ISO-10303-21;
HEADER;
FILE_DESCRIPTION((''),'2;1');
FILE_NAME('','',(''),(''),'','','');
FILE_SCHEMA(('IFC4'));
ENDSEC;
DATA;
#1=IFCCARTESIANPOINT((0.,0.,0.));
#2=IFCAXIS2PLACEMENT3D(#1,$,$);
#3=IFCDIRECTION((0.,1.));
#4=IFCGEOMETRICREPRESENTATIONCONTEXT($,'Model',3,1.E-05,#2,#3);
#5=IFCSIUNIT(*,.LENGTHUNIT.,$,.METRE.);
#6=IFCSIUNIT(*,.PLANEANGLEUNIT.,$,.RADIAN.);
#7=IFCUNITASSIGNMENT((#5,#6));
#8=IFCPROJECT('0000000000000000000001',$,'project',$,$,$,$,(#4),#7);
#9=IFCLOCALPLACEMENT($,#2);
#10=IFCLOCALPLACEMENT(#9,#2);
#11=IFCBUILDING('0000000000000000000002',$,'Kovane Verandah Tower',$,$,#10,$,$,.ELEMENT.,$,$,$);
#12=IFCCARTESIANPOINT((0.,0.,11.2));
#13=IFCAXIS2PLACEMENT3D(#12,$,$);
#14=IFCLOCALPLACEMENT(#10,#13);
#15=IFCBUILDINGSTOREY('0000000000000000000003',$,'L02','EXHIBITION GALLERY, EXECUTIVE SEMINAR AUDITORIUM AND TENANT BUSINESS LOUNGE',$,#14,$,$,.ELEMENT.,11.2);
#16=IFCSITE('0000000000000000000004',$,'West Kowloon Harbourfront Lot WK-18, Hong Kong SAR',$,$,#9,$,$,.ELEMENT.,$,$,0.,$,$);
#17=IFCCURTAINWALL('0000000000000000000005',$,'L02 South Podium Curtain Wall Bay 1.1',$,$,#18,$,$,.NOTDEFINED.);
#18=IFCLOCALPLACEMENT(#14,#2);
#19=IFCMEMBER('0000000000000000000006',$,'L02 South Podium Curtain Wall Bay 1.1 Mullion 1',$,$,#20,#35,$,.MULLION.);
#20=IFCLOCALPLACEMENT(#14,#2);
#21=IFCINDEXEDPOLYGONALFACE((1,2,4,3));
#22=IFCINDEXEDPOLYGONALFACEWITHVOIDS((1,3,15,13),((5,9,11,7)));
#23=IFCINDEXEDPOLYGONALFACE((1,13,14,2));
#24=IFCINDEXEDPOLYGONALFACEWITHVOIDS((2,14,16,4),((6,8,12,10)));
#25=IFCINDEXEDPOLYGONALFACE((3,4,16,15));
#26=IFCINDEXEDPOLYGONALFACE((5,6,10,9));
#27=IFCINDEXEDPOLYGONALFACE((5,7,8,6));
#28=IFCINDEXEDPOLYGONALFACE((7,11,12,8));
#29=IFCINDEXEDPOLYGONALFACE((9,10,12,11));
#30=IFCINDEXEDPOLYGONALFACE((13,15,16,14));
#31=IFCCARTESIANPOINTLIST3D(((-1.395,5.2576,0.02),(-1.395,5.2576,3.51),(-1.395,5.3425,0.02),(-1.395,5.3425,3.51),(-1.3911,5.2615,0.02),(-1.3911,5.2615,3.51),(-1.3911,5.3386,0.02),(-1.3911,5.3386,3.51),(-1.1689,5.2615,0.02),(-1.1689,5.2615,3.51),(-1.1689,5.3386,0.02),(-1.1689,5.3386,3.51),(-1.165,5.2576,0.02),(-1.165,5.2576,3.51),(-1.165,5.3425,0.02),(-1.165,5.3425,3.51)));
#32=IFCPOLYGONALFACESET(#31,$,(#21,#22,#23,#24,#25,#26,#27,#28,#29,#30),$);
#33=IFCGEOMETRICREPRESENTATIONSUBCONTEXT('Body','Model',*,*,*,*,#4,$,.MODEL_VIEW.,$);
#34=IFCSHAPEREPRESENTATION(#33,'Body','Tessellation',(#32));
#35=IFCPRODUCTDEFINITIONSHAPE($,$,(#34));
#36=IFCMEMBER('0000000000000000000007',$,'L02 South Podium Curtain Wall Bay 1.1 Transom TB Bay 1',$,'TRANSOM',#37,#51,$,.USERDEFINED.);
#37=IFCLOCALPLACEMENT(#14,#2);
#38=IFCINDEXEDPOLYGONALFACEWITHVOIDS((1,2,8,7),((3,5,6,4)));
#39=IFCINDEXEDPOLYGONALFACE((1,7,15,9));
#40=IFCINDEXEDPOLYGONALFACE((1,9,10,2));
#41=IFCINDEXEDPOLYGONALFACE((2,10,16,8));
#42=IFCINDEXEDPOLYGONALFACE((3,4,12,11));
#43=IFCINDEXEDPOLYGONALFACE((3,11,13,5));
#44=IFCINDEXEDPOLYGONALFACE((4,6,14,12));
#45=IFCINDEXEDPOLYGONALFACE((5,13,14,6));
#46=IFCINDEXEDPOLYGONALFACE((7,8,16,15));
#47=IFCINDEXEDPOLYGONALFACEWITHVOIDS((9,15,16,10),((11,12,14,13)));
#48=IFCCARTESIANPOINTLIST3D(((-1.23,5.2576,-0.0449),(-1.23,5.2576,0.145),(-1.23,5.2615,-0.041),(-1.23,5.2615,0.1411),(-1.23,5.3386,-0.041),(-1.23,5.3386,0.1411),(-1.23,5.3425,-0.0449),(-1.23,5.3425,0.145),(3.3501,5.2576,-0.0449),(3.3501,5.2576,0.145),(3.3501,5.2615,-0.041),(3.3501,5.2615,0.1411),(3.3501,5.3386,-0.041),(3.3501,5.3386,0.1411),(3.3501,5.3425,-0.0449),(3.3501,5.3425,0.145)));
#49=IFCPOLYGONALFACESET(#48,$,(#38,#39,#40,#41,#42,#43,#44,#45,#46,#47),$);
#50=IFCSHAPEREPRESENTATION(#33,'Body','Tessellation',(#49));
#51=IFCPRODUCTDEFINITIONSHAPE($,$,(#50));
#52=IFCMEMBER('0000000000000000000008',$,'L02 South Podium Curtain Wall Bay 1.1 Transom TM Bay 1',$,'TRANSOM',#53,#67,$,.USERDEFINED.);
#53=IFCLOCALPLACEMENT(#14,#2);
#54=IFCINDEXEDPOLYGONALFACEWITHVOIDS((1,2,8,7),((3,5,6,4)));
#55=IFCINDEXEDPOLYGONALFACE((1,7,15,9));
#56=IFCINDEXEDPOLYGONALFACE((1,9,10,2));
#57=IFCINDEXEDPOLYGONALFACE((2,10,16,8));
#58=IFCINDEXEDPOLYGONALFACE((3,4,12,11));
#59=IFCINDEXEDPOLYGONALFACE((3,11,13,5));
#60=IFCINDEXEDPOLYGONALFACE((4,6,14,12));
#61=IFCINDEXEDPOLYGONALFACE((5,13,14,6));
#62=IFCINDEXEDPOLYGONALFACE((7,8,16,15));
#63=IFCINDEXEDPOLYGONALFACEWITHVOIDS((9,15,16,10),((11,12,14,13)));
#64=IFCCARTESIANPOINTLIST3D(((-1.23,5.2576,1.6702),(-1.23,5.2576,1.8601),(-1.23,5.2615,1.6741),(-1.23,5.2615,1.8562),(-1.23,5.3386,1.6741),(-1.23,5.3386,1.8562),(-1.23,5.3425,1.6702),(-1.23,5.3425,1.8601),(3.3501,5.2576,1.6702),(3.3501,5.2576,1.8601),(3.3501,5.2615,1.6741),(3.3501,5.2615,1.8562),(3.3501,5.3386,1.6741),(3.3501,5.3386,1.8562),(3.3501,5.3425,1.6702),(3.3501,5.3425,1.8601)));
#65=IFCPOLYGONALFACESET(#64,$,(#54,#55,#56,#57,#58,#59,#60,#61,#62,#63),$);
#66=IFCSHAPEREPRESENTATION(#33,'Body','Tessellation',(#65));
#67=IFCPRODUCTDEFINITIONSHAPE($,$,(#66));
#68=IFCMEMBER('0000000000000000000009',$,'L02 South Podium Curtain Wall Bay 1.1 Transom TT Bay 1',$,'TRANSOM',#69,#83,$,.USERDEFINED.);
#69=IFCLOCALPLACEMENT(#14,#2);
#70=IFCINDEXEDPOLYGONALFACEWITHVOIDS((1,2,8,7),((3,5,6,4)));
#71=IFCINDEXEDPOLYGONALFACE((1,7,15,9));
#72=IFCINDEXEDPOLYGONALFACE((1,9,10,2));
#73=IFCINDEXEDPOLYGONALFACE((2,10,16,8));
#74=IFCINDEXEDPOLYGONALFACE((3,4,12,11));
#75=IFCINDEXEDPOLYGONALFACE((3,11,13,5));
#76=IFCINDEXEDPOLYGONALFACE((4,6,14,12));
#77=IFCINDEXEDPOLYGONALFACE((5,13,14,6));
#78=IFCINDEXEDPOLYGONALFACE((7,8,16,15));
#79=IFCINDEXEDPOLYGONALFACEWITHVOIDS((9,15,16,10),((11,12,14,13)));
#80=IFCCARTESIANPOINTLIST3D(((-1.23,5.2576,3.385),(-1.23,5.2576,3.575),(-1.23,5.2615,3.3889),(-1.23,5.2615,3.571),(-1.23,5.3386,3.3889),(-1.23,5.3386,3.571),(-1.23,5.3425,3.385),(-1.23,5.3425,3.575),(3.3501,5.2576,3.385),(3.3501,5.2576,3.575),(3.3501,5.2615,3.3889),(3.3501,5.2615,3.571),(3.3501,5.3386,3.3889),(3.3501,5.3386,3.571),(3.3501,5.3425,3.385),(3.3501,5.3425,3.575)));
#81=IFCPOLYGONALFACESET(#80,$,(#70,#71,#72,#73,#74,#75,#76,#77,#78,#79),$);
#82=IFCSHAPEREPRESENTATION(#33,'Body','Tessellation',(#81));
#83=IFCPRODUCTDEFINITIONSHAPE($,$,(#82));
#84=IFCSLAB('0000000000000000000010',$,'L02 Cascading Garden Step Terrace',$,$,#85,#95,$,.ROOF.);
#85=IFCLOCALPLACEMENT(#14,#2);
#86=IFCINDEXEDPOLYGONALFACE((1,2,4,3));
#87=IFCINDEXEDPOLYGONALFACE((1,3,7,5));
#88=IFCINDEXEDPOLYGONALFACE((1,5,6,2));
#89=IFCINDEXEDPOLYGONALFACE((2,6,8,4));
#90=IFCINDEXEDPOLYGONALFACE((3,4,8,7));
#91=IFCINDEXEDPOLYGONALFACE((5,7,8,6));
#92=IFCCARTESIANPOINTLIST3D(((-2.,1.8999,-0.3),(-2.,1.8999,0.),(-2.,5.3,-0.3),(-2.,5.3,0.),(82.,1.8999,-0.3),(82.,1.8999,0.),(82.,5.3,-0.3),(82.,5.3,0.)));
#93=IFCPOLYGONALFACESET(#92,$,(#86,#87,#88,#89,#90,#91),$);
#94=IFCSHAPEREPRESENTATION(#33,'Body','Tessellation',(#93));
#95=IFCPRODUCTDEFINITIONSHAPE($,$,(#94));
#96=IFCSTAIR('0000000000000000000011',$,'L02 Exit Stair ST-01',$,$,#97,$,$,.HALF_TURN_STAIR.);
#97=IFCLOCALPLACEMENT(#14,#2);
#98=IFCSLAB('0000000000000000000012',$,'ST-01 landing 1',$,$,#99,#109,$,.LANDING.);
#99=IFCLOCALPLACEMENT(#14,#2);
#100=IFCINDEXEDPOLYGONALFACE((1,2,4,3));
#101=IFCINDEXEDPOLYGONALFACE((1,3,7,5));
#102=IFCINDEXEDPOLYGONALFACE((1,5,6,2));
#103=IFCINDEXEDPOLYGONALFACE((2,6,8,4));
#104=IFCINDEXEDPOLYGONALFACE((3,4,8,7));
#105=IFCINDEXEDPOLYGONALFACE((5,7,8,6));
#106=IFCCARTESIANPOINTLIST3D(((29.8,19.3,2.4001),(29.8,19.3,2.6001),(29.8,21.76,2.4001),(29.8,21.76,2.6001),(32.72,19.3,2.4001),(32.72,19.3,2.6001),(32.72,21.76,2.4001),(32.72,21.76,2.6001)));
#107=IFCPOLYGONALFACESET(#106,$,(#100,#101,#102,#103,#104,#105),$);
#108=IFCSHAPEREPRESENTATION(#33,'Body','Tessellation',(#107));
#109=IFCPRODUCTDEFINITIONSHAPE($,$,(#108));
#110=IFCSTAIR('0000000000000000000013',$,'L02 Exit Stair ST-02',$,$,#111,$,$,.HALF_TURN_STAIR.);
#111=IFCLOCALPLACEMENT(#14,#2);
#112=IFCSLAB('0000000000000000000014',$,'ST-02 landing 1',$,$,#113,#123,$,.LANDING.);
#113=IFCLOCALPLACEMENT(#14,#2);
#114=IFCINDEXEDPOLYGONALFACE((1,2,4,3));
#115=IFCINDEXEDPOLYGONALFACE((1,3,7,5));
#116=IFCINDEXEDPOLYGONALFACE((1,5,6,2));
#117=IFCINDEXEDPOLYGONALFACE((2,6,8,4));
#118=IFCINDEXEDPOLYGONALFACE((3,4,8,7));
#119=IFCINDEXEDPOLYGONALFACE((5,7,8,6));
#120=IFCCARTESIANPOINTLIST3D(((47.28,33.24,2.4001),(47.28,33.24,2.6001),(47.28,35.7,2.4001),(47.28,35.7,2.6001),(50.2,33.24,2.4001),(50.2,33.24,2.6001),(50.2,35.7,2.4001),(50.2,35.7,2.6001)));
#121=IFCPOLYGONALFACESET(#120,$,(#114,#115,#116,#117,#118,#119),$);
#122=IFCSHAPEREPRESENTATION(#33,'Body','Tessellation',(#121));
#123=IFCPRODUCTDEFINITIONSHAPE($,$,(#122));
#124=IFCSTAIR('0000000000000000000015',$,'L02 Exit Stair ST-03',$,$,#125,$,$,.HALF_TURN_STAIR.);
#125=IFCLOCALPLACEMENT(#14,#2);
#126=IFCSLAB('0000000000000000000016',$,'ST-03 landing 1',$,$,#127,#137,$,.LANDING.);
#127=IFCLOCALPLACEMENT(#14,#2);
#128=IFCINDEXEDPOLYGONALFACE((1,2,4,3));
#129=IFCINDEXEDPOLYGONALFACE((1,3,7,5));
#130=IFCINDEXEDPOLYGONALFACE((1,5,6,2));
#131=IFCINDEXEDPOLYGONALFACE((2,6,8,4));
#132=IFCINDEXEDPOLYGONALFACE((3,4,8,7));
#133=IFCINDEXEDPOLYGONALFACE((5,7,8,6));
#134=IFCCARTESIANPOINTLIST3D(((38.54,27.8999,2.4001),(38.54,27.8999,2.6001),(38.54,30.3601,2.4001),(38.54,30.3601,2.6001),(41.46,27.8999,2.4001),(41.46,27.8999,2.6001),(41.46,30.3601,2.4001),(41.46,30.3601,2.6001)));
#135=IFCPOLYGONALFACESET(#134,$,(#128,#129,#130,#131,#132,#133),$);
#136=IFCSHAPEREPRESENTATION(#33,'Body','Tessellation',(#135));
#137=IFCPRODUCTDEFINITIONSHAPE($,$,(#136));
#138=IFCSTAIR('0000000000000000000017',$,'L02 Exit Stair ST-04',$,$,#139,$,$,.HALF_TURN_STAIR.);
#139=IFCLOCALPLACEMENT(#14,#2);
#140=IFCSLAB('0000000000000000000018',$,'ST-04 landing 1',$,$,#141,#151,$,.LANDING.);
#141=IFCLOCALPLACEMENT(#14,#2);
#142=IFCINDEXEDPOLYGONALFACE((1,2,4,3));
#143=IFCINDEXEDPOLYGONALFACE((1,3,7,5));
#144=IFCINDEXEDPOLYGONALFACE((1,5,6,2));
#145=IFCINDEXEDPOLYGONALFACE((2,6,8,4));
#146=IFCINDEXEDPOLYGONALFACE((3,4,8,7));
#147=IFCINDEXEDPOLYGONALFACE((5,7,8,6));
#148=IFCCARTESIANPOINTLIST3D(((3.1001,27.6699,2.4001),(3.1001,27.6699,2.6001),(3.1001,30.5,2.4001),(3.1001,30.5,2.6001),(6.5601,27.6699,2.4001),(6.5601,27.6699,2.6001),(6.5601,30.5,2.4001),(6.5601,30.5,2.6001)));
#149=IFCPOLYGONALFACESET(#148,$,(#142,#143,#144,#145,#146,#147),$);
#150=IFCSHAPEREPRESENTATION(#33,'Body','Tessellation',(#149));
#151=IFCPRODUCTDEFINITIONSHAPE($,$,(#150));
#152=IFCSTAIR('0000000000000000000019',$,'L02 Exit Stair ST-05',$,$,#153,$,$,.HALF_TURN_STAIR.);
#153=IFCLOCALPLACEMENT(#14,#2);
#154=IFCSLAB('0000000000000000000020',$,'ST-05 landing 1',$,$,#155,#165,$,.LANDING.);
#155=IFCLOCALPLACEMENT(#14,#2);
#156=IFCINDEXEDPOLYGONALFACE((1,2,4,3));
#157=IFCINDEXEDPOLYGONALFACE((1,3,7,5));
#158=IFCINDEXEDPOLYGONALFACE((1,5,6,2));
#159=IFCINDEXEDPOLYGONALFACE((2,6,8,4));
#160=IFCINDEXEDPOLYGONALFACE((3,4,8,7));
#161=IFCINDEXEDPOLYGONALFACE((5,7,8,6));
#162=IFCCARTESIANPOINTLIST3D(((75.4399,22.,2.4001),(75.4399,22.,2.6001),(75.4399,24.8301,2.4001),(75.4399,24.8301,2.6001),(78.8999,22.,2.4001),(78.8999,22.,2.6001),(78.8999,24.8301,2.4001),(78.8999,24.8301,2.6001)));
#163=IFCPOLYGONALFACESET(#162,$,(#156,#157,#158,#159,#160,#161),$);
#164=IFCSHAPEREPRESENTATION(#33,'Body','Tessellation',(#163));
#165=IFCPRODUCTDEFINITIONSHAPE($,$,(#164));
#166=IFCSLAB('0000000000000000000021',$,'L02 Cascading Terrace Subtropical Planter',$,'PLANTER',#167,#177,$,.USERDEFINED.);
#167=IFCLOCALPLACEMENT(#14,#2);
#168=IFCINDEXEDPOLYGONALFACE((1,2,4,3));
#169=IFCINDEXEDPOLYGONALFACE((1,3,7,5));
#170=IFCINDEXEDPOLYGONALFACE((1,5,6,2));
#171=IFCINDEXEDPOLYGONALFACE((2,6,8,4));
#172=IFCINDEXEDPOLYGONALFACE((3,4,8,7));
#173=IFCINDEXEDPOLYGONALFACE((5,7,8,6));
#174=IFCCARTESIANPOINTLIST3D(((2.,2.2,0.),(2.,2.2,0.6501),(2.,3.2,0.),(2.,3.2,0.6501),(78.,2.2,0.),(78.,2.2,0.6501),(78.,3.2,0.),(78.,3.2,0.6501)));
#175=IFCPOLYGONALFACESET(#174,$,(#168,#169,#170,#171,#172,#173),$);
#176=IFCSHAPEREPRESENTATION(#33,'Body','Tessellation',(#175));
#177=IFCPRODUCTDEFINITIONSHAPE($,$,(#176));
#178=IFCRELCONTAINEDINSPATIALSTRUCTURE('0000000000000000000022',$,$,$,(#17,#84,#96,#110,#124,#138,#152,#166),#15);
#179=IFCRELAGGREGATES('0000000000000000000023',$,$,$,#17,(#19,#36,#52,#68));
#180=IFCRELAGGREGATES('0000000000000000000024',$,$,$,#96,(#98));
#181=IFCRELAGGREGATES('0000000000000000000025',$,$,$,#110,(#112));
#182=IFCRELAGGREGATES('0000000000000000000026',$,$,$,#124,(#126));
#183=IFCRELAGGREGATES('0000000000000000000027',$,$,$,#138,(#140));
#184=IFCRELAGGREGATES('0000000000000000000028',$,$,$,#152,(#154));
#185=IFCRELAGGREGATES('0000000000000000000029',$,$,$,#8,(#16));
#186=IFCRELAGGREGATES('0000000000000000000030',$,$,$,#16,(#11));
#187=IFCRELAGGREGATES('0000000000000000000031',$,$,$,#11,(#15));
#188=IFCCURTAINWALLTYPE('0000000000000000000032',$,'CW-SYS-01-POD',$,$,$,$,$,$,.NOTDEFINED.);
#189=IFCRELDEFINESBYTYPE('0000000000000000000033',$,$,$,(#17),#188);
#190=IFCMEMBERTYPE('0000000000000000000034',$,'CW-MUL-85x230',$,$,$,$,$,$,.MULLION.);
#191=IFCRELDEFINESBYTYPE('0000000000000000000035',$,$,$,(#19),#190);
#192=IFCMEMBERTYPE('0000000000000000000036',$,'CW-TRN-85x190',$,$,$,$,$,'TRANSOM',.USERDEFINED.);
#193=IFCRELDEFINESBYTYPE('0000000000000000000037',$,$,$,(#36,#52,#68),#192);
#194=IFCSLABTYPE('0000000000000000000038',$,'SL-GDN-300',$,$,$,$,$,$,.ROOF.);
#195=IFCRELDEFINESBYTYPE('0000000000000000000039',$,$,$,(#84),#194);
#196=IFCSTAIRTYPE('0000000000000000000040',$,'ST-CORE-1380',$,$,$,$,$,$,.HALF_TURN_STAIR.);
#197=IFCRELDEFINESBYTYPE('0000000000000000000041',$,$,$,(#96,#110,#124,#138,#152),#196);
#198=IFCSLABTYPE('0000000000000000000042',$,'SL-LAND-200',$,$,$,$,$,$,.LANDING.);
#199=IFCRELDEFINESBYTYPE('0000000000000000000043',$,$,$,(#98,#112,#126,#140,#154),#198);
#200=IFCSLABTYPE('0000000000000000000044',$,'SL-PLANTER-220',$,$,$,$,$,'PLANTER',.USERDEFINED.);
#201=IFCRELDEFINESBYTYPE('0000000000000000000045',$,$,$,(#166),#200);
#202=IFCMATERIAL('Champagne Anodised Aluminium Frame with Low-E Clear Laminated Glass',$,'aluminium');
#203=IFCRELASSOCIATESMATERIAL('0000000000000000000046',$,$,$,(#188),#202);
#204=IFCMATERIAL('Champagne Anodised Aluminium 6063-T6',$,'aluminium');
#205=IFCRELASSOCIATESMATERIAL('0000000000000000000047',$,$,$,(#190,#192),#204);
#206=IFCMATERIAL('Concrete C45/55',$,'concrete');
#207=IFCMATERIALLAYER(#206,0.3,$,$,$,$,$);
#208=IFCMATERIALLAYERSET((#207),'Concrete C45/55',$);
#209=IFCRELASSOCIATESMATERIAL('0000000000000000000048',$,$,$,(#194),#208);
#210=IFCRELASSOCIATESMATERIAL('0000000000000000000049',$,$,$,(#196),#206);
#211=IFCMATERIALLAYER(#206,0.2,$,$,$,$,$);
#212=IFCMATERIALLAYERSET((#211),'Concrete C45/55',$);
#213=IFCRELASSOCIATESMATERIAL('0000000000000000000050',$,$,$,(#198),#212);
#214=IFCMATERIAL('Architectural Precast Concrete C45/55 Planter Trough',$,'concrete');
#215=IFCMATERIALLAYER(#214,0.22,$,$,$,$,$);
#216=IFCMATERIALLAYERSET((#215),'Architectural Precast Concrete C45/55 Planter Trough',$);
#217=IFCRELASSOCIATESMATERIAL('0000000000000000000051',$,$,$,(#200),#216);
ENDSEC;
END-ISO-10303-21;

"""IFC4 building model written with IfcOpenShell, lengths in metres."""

from ifc_helpers import new_model, si_unit, direction, frame, origin, origin_2d, place, context, subcontext, project, spatial, polyline, hollow_rectangle, outline, extrude, material, layer, layer_set, material_profile, profile_set, type_object, element, aggregate, save


model = new_model("IFC4")

# Units and contexts
model_context = context("Model", 3, precision=1e-05, world=origin(), true_north=direction((0.0, 1.0)))
body_context = subcontext(model_context, "Body", "Model", "MODEL_VIEW")
ifc_project = project(units=[si_unit("LENGTHUNIT", "METRE"), si_unit("PLANEANGLEUNIT", "RADIAN")], contexts=[model_context])

# Site, building, storey
site_placement = place(None, origin())
site = spatial("IfcSite", under=ifc_project, at=site_placement, Name="West Kowloon Harbourfront Lot WK-18, Hong Kong SAR", CompositionType="ELEMENT", RefElevation=0.0)
building_placement = place(site_placement, origin())
building = spatial("IfcBuilding", under=site, at=building_placement, Name="Kovane Verandah Tower", CompositionType="ELEMENT")
storey_placement = place(building_placement, frame((0.0, 0.0, 11.2)))
storey = spatial("IfcBuildingStorey", under=building, at=storey_placement, Name="L02", Description="EXHIBITION GALLERY, EXECUTIVE SEMINAR AUDITORIUM AND TENANT BUSINESS LOUNGE", CompositionType="ELEMENT", Elevation=11.2)

# Curtain wall, members
ifc_material_1 = material(Name="Champagne Anodised Aluminium Frame with Low-E Clear Laminated Glass", Category="aluminium")
curtain_wall_type = type_object("IfcCurtainWallType", Name="CW-SYS-01-POD", PredefinedType="NOTDEFINED", material=ifc_material_1)
curtain_wall_placement = place(storey_placement, origin())
curtain_wall = element("IfcCurtainWall", 1, at=curtain_wall_placement, inside=storey, type_object=curtain_wall_type, Name="L02 South Podium Curtain Wall Bay 1.1", PredefinedType="NOTDEFINED")
ifc_material_2 = material(Name="Champagne Anodised Aluminium 6063-T6", Category="aluminium")
ifc_material_profile_1 = material_profile(ifc_material_2, hollow_rectangle(XDim=0.085, YDim=0.23, WallThickness=0.0039, at=origin_2d()), Name="AL85x230x4")
ifc_profile_set_1 = profile_set([ifc_material_profile_1], Name="Champagne Anodised Aluminium 6063-T6")
member_type_1 = type_object("IfcMemberType", Name="CW-MUL-85x230", PredefinedType="MULLION", material=ifc_profile_set_1)
member_1_placement = place(storey_placement, frame((-1.28, 5.3, 0.02), z_axis=(0.0, 0.0, 1.0), x_axis=(0.0, -1.0, 0.0)))
member_1 = element("IfcMember", 2, at=member_1_placement, type_object=member_type_1, Name="L02 South Podium Curtain Wall Bay 1.1 Mullion 1", PredefinedType="MULLION", context=body_context, shape_type="SweptSolid", body=[
    extrude(hollow_rectangle(XDim=0.085, YDim=0.23, WallThickness=0.0039, at=origin_2d()), origin(), (0.0, 0.0, 1.0), 3.49),
])
ifc_material_profile_2 = material_profile(ifc_material_2, hollow_rectangle(XDim=0.085, YDim=0.1899, WallThickness=0.0039, at=origin_2d()), Name="AL85x190x4")
ifc_profile_set_2 = profile_set([ifc_material_profile_2], Name="Champagne Anodised Aluminium 6063-T6")
member_type_2 = type_object("IfcMemberType", Name="CW-TRN-85x190", ElementType="TRANSOM", PredefinedType="USERDEFINED", material=ifc_profile_set_2)
member_2_placement = place(storey_placement, frame((-1.23, 5.3, 0.05), z_axis=(1.0, 0.0, 0.0), x_axis=(0.0, 1.0, 0.0)))
member_2 = element("IfcMember", 3, at=member_2_placement, type_object=member_type_2, Name="L02 South Podium Curtain Wall Bay 1.1 Transom TB Bay 1", ObjectType="TRANSOM", PredefinedType="USERDEFINED", context=body_context, shape_type="SweptSolid", body=[
    extrude(hollow_rectangle(XDim=0.085, YDim=0.1899, WallThickness=0.0039, at=origin_2d()), origin(), (0.0, 0.0, 1.0), 4.5801),
])
member_3_placement = place(storey_placement, frame((-1.23, 5.3, 1.7651), z_axis=(1.0, 0.0, 0.0), x_axis=(0.0, 1.0, 0.0)))
member_3 = element("IfcMember", 4, at=member_3_placement, type_object=member_type_2, Name="L02 South Podium Curtain Wall Bay 1.1 Transom TM Bay 1", ObjectType="TRANSOM", PredefinedType="USERDEFINED", context=body_context, shape_type="SweptSolid", body=[
    extrude(hollow_rectangle(XDim=0.085, YDim=0.1899, WallThickness=0.0039, at=origin_2d()), origin(), (0.0, 0.0, 1.0), 4.5801),
])
member_4_placement = place(storey_placement, frame((-1.23, 5.3, 3.48), z_axis=(1.0, 0.0, 0.0), x_axis=(0.0, 1.0, 0.0)))
member_4 = element("IfcMember", 5, at=member_4_placement, type_object=member_type_2, Name="L02 South Podium Curtain Wall Bay 1.1 Transom TT Bay 1", ObjectType="TRANSOM", PredefinedType="USERDEFINED", context=body_context, shape_type="SweptSolid", body=[
    extrude(hollow_rectangle(XDim=0.085, YDim=0.1899, WallThickness=0.0039, at=origin_2d()), origin(), (0.0, 0.0, 1.0), 4.5801),
])
aggregate(curtain_wall, [member_1, member_2, member_3, member_4])

# Slab
ifc_material_3 = material(Name="Concrete C45/55", Category="concrete")
ifc_layer_1 = layer(ifc_material_3, 0.3)
ifc_layer_set_1 = layer_set([ifc_layer_1], Name="Concrete C45/55")
slab_type_1 = type_object("IfcSlabType", Name="SL-GDN-300", PredefinedType="ROOF", material=ifc_layer_set_1)
slab_1_placement = place(storey_placement, frame((0.0, 0.0, -0.3)))
element("IfcSlab", 6, at=slab_1_placement, inside=storey, type_object=slab_type_1, Name="L02 Cascading Garden Step Terrace", PredefinedType="ROOF", context=body_context, shape_type="SweptSolid", body=[
    extrude(outline(polyline([(-2.0, 1.8999), (82.0, 1.8999), (82.0, 5.3), (-2.0, 5.3), (-2.0, 1.8999)])), origin(), (0.0, 0.0, 1.0), 0.3),
])

# Stairs, slabs
stair_type = type_object("IfcStairType", Name="ST-CORE-1380", PredefinedType="HALF_TURN_STAIR", material=ifc_material_3)
stair_1_placement = place(storey_placement, origin())
stair_1 = element("IfcStair", 7, at=stair_1_placement, inside=storey, type_object=stair_type, Name="L02 Exit Stair ST-01", PredefinedType="HALF_TURN_STAIR")
ifc_layer_2 = layer(ifc_material_3, 0.2)
ifc_layer_set_2 = layer_set([ifc_layer_2], Name="Concrete C45/55")
slab_type_2 = type_object("IfcSlabType", Name="SL-LAND-200", PredefinedType="LANDING", material=ifc_layer_set_2)
slab_2_placement = place(storey_placement, frame((0.0, 0.0, 2.4001)))
slab_2 = element("IfcSlab", 8, at=slab_2_placement, type_object=slab_type_2, Name="ST-01 landing 1", PredefinedType="LANDING", context=body_context, shape_type="SweptSolid", body=[
    extrude(outline(polyline([(29.8, 21.76), (29.8, 19.3), (32.72, 19.3), (32.72, 21.76), (29.8, 21.76)])), origin(), (0.0, 0.0, 1.0), 0.2),
])
aggregate(stair_1, [slab_2])
stair_2_placement = place(storey_placement, origin())
stair_2 = element("IfcStair", 9, at=stair_2_placement, inside=storey, type_object=stair_type, Name="L02 Exit Stair ST-02", PredefinedType="HALF_TURN_STAIR")
slab_3_placement = place(storey_placement, frame((0.0, 0.0, 2.4001)))
slab_3 = element("IfcSlab", 10, at=slab_3_placement, type_object=slab_type_2, Name="ST-02 landing 1", PredefinedType="LANDING", context=body_context, shape_type="SweptSolid", body=[
    extrude(outline(polyline([(50.2, 33.24), (50.2, 35.7), (47.28, 35.7), (47.28, 33.24), (50.2, 33.24)])), origin(), (0.0, 0.0, 1.0), 0.2),
])
aggregate(stair_2, [slab_3])
stair_3_placement = place(storey_placement, origin())
stair_3 = element("IfcStair", 11, at=stair_3_placement, inside=storey, type_object=stair_type, Name="L02 Exit Stair ST-03", PredefinedType="HALF_TURN_STAIR")
slab_4_placement = place(storey_placement, frame((0.0, 0.0, 2.4001)))
slab_4 = element("IfcSlab", 12, at=slab_4_placement, type_object=slab_type_2, Name="ST-03 landing 1", PredefinedType="LANDING", context=body_context, shape_type="SweptSolid", body=[
    extrude(outline(polyline([(38.54, 30.3601), (38.54, 27.8999), (41.46, 27.8999), (41.46, 30.3601), (38.54, 30.3601)])), origin(), (0.0, 0.0, 1.0), 0.2),
])
aggregate(stair_3, [slab_4])
stair_4_placement = place(storey_placement, origin())
stair_4 = element("IfcStair", 13, at=stair_4_placement, inside=storey, type_object=stair_type, Name="L02 Exit Stair ST-04", PredefinedType="HALF_TURN_STAIR")
slab_5_placement = place(storey_placement, frame((0.0, 0.0, 2.4001)))
slab_5 = element("IfcSlab", 14, at=slab_5_placement, type_object=slab_type_2, Name="ST-04 landing 1", PredefinedType="LANDING", context=body_context, shape_type="SweptSolid", body=[
    extrude(outline(polyline([(6.5601, 27.6699), (6.5601, 30.5), (3.1001, 30.5), (3.1001, 27.6699), (6.5601, 27.6699)])), origin(), (0.0, 0.0, 1.0), 0.2),
])
aggregate(stair_4, [slab_5])
stair_5_placement = place(storey_placement, origin())
stair_5 = element("IfcStair", 15, at=stair_5_placement, inside=storey, type_object=stair_type, Name="L02 Exit Stair ST-05", PredefinedType="HALF_TURN_STAIR")
slab_6_placement = place(storey_placement, frame((0.0, 0.0, 2.4001)))
slab_6 = element("IfcSlab", 16, at=slab_6_placement, type_object=slab_type_2, Name="ST-05 landing 1", PredefinedType="LANDING", context=body_context, shape_type="SweptSolid", body=[
    extrude(outline(polyline([(75.4399, 24.8301), (75.4399, 22.0), (78.8999, 22.0), (78.8999, 24.8301), (75.4399, 24.8301)])), origin(), (0.0, 0.0, 1.0), 0.2),
])
aggregate(stair_5, [slab_6])

# Slab
ifc_material_4 = material(Name="Architectural Precast Concrete C45/55 Planter Trough", Category="concrete")
ifc_layer_3 = layer(ifc_material_4, 0.22)
ifc_layer_set_3 = layer_set([ifc_layer_3], Name="Architectural Precast Concrete C45/55 Planter Trough")
slab_type_3 = type_object("IfcSlabType", Name="SL-PLANTER-220", ElementType="PLANTER", PredefinedType="USERDEFINED", material=ifc_layer_set_3)
slab_7_placement = place(storey_placement, origin())
element("IfcSlab", 17, at=slab_7_placement, inside=storey, type_object=slab_type_3, Name="L02 Cascading Terrace Subtropical Planter", ObjectType="PLANTER", PredefinedType="USERDEFINED", context=body_context, shape_type="SweptSolid", body=[
    extrude(outline(polyline([(2.0, 2.2), (78.0, 2.2), (78.0, 3.2), (2.0, 3.2), (2.0, 2.2)])), origin(), (0.0, 0.0, 1.0), 0.6501),
])

save(model, "model.ifc")
